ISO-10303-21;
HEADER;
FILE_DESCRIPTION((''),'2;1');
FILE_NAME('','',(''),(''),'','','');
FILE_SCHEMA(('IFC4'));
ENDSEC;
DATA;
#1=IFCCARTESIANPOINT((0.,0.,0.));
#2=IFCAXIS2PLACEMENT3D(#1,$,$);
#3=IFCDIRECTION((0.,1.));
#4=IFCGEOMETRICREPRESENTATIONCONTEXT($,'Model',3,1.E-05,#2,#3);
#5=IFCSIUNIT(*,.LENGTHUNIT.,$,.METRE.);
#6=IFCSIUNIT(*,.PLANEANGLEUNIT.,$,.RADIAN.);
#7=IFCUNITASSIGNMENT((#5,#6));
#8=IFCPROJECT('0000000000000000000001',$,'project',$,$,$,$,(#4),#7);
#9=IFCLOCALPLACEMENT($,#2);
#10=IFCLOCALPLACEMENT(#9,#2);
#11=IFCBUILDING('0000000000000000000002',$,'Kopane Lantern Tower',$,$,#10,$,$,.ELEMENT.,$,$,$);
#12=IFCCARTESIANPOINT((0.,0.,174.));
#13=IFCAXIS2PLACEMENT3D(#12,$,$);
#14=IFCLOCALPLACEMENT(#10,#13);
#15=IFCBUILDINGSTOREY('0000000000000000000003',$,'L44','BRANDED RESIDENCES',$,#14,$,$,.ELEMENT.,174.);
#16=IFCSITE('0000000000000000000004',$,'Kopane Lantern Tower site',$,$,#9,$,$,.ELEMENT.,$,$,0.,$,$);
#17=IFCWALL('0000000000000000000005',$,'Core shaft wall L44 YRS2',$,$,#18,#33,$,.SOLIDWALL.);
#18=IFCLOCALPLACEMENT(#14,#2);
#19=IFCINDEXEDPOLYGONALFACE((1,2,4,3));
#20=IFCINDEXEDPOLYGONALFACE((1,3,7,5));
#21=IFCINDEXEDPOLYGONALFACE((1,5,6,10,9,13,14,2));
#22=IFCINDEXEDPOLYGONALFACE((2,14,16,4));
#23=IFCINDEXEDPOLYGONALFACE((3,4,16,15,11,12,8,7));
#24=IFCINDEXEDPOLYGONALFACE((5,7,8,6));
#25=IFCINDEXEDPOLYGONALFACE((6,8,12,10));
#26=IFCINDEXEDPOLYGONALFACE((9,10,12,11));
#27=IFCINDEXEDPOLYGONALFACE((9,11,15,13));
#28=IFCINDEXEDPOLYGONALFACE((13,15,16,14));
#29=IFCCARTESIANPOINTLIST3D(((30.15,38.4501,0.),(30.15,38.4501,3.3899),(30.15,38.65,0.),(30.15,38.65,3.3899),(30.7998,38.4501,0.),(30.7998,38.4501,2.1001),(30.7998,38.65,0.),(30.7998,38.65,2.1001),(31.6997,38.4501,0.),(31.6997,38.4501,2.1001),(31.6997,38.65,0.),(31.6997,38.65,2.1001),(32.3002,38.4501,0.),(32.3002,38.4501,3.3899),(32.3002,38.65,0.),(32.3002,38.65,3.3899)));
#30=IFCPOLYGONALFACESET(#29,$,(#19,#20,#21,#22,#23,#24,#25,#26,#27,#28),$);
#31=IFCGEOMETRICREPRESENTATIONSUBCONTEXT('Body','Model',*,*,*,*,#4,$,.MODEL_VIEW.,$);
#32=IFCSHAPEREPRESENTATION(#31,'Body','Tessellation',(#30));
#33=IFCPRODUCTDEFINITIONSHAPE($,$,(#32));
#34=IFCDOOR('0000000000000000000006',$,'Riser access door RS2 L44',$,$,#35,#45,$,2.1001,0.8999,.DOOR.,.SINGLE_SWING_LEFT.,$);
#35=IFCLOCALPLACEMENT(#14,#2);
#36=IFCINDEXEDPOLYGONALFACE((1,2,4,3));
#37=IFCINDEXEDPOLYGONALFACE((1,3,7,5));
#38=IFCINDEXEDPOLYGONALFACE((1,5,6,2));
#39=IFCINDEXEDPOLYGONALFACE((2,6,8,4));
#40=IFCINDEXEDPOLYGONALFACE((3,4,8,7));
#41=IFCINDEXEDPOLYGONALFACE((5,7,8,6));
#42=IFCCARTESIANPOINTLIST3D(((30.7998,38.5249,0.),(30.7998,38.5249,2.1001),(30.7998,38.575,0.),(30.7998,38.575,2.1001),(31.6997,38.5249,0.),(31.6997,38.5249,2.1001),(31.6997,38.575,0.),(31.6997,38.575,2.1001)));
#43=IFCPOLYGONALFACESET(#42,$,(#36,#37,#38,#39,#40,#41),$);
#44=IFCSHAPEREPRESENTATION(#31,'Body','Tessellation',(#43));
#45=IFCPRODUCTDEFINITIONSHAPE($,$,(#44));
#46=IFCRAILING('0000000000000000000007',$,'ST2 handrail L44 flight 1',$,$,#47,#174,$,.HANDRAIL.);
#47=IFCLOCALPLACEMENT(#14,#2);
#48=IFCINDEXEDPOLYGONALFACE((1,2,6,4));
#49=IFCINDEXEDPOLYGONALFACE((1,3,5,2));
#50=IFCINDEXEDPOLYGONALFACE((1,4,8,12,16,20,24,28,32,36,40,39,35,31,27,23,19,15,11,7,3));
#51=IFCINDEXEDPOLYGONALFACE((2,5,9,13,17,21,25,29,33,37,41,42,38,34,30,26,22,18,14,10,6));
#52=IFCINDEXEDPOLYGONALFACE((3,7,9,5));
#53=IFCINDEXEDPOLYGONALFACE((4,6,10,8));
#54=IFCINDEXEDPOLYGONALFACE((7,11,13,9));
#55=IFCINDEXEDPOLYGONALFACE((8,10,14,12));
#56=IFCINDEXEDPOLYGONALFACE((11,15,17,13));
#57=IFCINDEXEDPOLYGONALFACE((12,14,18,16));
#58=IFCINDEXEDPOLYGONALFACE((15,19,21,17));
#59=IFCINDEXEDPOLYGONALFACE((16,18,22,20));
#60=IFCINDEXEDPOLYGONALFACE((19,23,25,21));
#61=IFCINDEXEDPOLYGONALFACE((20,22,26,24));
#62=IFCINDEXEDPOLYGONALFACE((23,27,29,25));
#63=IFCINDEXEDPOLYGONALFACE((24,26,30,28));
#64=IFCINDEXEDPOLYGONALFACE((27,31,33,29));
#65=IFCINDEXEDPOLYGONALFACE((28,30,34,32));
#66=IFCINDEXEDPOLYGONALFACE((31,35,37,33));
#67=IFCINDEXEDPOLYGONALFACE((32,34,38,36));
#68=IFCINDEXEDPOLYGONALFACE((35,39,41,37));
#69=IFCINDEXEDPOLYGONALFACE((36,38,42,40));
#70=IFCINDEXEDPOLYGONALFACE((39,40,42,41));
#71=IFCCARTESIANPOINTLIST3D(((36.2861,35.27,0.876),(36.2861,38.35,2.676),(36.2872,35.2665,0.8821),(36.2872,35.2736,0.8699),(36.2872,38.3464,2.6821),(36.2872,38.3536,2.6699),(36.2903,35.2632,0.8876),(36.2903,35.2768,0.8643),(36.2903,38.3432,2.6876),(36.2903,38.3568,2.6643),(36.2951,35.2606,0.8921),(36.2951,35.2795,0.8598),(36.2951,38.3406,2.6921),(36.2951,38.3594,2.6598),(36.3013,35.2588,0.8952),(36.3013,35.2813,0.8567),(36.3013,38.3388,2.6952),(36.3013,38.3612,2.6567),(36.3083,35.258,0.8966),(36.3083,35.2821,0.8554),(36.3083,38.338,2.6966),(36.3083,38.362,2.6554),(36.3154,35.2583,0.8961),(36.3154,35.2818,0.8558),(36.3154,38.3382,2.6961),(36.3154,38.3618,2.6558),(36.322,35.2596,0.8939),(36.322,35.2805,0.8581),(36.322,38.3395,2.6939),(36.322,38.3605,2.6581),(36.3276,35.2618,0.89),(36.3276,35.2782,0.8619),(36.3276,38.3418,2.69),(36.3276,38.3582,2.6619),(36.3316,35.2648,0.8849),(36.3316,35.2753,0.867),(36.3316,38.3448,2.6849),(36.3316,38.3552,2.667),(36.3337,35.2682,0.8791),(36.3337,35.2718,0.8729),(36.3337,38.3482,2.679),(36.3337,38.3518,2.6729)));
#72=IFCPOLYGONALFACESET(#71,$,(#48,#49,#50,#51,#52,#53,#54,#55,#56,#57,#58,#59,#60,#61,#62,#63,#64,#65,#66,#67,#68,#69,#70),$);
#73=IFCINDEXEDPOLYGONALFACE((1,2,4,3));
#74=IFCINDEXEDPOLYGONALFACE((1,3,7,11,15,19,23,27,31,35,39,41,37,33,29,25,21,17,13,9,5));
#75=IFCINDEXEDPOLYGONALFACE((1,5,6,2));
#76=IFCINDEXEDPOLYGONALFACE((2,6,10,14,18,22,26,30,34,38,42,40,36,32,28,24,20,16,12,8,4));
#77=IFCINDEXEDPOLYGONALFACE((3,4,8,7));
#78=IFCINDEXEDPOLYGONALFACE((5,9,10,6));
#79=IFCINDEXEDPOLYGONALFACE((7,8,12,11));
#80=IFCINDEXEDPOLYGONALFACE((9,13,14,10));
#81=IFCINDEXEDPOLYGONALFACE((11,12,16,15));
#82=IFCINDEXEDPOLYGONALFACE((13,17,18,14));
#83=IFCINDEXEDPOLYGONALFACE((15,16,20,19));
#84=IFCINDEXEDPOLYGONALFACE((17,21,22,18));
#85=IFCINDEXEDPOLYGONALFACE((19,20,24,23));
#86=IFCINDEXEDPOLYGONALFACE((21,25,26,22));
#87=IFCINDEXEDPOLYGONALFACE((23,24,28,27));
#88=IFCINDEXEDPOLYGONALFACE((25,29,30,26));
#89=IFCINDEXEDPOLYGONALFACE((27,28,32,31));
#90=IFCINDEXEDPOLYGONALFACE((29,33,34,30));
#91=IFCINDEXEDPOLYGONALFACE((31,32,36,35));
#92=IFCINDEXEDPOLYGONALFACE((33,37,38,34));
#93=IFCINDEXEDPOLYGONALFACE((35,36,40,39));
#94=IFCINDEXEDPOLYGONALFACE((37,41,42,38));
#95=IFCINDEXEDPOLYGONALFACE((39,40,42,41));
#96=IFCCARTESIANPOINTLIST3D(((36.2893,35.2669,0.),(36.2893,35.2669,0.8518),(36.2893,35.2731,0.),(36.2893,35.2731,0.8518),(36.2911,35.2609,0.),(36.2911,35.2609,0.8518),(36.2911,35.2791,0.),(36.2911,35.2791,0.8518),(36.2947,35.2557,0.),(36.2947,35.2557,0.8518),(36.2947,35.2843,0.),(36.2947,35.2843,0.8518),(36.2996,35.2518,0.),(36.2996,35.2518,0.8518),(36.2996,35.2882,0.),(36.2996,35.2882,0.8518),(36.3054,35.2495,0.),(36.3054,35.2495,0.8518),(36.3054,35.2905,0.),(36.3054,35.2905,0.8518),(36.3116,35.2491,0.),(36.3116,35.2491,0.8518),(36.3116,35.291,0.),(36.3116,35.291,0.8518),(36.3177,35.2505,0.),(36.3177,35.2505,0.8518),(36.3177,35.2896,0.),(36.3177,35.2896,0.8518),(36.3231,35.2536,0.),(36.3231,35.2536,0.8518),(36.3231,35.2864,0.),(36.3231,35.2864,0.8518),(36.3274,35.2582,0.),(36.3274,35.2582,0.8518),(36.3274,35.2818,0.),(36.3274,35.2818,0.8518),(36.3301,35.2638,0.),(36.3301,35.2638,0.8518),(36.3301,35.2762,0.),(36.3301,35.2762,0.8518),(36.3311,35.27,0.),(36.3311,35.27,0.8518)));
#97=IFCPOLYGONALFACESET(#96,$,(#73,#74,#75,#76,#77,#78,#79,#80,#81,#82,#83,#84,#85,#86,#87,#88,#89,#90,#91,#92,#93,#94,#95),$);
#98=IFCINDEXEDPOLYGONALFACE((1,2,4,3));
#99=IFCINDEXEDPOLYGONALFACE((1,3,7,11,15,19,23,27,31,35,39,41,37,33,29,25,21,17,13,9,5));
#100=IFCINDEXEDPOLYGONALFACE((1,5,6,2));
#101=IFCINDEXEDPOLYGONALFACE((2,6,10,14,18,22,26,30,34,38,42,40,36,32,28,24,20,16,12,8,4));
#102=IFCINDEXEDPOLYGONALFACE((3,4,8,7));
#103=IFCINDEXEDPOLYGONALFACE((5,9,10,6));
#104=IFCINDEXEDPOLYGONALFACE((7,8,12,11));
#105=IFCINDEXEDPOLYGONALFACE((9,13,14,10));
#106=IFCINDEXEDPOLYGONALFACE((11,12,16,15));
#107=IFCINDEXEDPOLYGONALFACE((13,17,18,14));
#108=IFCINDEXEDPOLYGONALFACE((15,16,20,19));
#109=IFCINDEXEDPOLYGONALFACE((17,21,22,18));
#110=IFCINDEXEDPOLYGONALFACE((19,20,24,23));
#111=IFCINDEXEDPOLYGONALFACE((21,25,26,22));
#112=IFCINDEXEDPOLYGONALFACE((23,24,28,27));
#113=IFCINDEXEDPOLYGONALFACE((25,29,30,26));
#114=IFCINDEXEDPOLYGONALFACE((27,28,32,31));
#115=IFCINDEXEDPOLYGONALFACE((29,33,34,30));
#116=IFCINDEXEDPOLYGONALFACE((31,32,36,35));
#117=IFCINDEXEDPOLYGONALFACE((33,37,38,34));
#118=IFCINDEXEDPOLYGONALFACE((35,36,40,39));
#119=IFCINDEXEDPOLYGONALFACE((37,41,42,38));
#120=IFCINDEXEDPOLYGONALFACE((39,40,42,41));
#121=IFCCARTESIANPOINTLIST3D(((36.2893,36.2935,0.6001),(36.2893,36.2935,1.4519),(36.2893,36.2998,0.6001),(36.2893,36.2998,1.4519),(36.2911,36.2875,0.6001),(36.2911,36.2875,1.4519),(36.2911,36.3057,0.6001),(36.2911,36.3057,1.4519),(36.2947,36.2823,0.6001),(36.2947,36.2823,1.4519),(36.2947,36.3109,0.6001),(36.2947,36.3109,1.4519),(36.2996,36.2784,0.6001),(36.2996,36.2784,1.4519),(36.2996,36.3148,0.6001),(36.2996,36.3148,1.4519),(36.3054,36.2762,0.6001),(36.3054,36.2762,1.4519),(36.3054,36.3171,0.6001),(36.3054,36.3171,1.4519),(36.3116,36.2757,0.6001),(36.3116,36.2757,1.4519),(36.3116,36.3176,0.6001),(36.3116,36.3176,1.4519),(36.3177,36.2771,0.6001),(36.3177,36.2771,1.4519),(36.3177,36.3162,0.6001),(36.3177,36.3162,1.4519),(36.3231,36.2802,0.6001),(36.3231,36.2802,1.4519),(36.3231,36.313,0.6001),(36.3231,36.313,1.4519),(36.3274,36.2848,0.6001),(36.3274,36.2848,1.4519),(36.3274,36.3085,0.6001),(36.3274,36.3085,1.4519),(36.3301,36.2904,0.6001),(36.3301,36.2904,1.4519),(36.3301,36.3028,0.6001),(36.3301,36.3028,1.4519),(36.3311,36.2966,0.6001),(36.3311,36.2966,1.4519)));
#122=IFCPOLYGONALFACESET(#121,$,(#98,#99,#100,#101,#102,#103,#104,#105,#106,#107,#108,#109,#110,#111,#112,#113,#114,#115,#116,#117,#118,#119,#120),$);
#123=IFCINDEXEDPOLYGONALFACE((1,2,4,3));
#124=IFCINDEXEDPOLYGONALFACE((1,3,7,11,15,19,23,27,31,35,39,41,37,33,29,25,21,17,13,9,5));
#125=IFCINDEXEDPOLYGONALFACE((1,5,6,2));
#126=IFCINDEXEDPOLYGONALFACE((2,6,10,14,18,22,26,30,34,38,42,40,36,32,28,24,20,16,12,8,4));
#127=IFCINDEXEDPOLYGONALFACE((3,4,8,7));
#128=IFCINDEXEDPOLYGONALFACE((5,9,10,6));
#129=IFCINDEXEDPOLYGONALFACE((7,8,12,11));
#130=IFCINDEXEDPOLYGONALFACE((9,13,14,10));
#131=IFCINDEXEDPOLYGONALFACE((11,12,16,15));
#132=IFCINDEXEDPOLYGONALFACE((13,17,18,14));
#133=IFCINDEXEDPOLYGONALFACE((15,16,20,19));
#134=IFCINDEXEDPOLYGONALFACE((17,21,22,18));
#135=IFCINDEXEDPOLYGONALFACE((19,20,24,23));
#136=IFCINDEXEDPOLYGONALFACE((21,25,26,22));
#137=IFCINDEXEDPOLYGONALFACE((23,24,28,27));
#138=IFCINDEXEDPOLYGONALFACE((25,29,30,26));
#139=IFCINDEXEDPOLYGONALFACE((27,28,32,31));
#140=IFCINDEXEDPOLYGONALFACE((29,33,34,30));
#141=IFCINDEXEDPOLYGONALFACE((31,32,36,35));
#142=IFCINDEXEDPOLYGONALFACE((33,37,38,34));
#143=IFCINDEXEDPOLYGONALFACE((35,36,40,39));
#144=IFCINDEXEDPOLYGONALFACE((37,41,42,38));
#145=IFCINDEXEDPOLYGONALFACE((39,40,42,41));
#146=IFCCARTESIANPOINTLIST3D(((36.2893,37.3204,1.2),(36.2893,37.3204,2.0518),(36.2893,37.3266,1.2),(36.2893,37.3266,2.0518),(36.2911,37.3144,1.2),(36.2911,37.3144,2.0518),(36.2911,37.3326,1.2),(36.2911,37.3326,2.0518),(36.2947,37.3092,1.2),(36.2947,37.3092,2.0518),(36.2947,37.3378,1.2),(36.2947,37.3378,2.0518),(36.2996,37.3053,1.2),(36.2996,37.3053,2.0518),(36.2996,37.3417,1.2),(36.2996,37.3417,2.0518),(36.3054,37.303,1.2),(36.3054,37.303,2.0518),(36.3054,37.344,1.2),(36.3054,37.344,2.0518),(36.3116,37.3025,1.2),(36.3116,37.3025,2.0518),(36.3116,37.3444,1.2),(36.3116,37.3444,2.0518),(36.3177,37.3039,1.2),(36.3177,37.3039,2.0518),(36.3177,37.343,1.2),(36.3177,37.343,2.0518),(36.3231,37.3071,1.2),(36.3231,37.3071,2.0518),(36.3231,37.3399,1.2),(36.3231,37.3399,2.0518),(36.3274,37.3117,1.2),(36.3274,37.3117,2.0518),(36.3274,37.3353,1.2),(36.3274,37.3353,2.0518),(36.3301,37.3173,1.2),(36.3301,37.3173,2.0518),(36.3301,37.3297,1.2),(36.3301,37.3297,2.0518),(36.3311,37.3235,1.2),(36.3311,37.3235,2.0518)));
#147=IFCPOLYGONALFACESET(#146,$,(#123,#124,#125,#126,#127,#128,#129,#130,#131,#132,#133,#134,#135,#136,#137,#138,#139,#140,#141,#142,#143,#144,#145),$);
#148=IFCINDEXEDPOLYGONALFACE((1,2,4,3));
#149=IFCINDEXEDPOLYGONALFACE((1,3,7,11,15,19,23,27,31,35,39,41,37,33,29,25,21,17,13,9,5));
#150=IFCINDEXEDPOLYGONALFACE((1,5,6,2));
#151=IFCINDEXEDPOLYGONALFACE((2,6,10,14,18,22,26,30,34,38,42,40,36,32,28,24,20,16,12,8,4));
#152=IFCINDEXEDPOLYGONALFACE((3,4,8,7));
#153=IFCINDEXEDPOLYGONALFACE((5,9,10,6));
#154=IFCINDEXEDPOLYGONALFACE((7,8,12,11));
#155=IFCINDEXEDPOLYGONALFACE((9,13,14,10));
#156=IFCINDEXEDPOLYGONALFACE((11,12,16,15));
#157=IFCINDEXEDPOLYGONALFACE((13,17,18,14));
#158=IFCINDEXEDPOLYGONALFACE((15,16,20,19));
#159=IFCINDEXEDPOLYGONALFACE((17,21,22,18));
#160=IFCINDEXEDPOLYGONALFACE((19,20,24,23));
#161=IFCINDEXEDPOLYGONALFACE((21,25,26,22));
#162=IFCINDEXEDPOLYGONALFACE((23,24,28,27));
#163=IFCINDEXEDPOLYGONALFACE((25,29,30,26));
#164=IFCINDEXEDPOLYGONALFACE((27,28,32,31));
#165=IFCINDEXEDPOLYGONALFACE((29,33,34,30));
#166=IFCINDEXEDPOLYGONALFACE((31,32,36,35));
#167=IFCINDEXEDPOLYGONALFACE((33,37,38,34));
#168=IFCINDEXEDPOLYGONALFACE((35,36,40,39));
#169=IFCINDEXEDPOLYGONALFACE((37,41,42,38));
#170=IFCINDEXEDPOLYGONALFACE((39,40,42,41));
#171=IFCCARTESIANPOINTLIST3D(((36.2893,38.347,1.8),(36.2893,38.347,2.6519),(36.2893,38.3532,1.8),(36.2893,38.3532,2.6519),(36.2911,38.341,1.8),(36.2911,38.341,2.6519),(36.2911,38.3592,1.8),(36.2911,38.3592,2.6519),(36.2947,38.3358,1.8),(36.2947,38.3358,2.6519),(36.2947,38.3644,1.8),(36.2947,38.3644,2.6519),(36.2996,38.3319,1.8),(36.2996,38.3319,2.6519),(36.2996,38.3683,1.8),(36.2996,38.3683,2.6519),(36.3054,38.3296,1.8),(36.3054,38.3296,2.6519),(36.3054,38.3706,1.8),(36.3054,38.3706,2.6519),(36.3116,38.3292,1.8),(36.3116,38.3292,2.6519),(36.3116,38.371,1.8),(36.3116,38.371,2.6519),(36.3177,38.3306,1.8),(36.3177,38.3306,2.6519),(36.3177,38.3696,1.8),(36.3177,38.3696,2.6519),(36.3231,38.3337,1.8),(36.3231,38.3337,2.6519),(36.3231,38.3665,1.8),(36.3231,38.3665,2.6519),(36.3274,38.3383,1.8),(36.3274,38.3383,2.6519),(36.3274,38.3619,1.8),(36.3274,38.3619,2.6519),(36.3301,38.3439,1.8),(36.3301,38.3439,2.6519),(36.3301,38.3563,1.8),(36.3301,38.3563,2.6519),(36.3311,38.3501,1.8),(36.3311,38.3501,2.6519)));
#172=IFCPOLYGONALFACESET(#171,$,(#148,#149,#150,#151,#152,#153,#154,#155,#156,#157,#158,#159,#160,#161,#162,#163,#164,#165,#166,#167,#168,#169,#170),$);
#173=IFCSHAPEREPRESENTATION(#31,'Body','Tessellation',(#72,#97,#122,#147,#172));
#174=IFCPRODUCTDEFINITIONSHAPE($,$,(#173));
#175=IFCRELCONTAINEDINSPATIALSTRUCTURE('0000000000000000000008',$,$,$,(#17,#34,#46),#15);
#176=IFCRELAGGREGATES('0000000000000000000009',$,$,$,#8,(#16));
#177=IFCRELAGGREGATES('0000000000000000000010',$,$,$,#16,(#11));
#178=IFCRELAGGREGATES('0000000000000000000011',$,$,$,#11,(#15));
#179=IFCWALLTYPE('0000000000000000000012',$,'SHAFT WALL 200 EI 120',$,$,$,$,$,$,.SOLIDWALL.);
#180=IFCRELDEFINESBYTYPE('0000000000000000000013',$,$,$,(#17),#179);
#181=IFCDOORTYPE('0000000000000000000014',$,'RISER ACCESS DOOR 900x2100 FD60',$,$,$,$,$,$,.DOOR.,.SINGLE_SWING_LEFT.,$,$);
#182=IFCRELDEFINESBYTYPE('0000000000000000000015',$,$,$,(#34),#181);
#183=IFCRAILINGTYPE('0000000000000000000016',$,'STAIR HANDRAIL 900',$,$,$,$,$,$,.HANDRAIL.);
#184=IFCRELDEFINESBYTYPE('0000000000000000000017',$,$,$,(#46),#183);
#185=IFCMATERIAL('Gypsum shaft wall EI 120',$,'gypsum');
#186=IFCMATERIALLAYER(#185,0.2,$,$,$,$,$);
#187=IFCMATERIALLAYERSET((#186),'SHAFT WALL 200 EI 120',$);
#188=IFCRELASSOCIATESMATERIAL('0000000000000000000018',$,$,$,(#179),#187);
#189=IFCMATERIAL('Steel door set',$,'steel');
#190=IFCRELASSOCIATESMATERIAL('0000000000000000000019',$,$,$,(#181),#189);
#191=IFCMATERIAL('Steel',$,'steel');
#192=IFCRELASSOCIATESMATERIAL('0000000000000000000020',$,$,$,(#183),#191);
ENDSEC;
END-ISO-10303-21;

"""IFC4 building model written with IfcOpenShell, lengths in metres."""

from ifc_helpers import new_model, si_unit, direction, frame, frame_2d, origin, origin_2d, place, context, subcontext, project, spatial, rectangle, circle, extrude, material, layer, layer_set, type_object, element, fill, save


model = new_model("IFC4")

# Units and contexts
model_context = context("Model", 3, precision=1e-05, world=origin(), true_north=direction((0.0, 1.0)))
body_context = subcontext(model_context, "Body", "Model", "MODEL_VIEW")
ifc_project = project(units=[si_unit("LENGTHUNIT", "METRE"), si_unit("PLANEANGLEUNIT", "RADIAN")], contexts=[model_context])

# Site, building, storey
site_placement = place(None, origin())
site = spatial("IfcSite", under=ifc_project, at=site_placement, Name="Kopane Lantern Tower site", CompositionType="ELEMENT", RefElevation=0.0)
building_placement = place(site_placement, origin())
building = spatial("IfcBuilding", under=site, at=building_placement, Name="Kopane Lantern Tower", CompositionType="ELEMENT")
storey_placement = place(building_placement, frame((0.0, 0.0, 174.0)))
storey = spatial("IfcBuildingStorey", under=building, at=storey_placement, Name="L44", Description="BRANDED RESIDENCES", CompositionType="ELEMENT", Elevation=174.0)

# Shared definitions
ifc_material_1 = material(Name="Gypsum shaft wall EI 120", Category="gypsum")
ifc_layer_1 = layer(ifc_material_1, 0.2)
ifc_layer_set_1 = layer_set([ifc_layer_1], Name="SHAFT WALL 200 EI 120")
wall_type_1 = type_object("IfcWallType", Name="SHAFT WALL 200 EI 120", PredefinedType="SOLIDWALL", material=ifc_layer_set_1)

# Wall, opening, door
wall_1_placement = place(storey_placement, frame((30.1499, 38.55, 0.0), z_axis=(0.0, 0.0, 1.0), x_axis=(1.0, 0.0, 0.0)))
wall_1 = element("IfcWall", 1, at=wall_1_placement, inside=storey, type_object=wall_type_1, Name="Core shaft wall L44 YRS2", PredefinedType="SOLIDWALL", context=body_context, shape_type="SweptSolid", body=[
    extrude(rectangle(XDim=2.1501, YDim=0.2, at=frame_2d((1.0752, 0.0))), origin(), (0.0, 0.0, 1.0), 3.3899),
])
opening_1_placement = place(wall_1_placement, frame((0.6499, 0.0, 0.0)))
opening_1 = element("IfcOpeningElement", 2, at=opening_1_placement, cuts=wall_1, PredefinedType="OPENING", context=body_context, shape_type="SweptSolid", body=[
    extrude(rectangle(XDim=0.8999, YDim=2.1001, at=frame_2d((0.45, 1.05))), frame((0.0, 0.1099, 0.0), z_axis=(0.0, -1.0, 0.0), x_axis=(1.0, 0.0, 0.0)), (0.0, 0.0, 1.0), 0.22),
])
ifc_material_2 = material(Name="Steel door set", Category="steel")
door_type_1 = type_object("IfcDoorType", Name="RISER ACCESS DOOR 900x2100 FD60", OperationType="SINGLE_SWING_LEFT", PredefinedType="DOOR", material=ifc_material_2)
door_1_placement = place(opening_1_placement, origin())
door_1 = element("IfcDoor", 3, at=door_1_placement, inside=storey, type_object=door_type_1, Name="Riser access door RS2 L44", OperationType="SINGLE_SWING_LEFT", OverallHeight=2.1001, OverallWidth=0.8999, PredefinedType="DOOR", context=body_context, shape_type="SweptSolid", body=[
    extrude(rectangle(XDim=0.8999, YDim=2.1001, at=frame_2d((0.45, 1.05))), frame((0.0, 0.0249, 0.0), z_axis=(0.0, -1.0, 0.0), x_axis=(1.0, 0.0, 0.0)), (0.0, 0.0, 1.0), 0.05),
])
fill(opening_1, door_1)

# Railing
ifc_material_3 = material(Name="Steel", Category="steel")
railing_type_1 = type_object("IfcRailingType", Name="STAIR HANDRAIL 900", PredefinedType="HANDRAIL", material=ifc_material_3)
for number, where, name in (
    (4, (36.3101, 35.27, 0.0), "ST2 handrail L44 flight 1"),
):
    element("IfcRailing", number, at=place(storey_placement, frame(where)), inside=storey, type_object=railing_type_1, Name=name, PredefinedType="HANDRAIL", context=body_context, shape_type="SweptSolid", body=[
        extrude(circle(Radius=0.0239, at=origin_2d()), frame((0.0, 0.0, 0.876), z_axis=(0.0, 0.863372, 0.504569), x_axis=(-1.0, 0.0, 0.0)), (0.0, 0.0, 1.0), 3.5674),
        extrude(circle(Radius=0.021, at=origin_2d()), origin(), (0.0, 0.0, 1.0), 0.8518),
        extrude(circle(Radius=0.021, at=origin_2d()), frame((0.0, 1.0266, 0.6001)), (0.0, 0.0, 1.0), 0.8518),
        extrude(circle(Radius=0.021, at=origin_2d()), frame((0.0, 2.0535, 1.2)), (0.0, 0.0, 1.0), 0.8518),
        extrude(circle(Radius=0.021, at=origin_2d()), frame((0.0, 3.0801, 1.8)), (0.0, 0.0, 1.0), 0.8518),
    ])

save(model, "model.ifc")
